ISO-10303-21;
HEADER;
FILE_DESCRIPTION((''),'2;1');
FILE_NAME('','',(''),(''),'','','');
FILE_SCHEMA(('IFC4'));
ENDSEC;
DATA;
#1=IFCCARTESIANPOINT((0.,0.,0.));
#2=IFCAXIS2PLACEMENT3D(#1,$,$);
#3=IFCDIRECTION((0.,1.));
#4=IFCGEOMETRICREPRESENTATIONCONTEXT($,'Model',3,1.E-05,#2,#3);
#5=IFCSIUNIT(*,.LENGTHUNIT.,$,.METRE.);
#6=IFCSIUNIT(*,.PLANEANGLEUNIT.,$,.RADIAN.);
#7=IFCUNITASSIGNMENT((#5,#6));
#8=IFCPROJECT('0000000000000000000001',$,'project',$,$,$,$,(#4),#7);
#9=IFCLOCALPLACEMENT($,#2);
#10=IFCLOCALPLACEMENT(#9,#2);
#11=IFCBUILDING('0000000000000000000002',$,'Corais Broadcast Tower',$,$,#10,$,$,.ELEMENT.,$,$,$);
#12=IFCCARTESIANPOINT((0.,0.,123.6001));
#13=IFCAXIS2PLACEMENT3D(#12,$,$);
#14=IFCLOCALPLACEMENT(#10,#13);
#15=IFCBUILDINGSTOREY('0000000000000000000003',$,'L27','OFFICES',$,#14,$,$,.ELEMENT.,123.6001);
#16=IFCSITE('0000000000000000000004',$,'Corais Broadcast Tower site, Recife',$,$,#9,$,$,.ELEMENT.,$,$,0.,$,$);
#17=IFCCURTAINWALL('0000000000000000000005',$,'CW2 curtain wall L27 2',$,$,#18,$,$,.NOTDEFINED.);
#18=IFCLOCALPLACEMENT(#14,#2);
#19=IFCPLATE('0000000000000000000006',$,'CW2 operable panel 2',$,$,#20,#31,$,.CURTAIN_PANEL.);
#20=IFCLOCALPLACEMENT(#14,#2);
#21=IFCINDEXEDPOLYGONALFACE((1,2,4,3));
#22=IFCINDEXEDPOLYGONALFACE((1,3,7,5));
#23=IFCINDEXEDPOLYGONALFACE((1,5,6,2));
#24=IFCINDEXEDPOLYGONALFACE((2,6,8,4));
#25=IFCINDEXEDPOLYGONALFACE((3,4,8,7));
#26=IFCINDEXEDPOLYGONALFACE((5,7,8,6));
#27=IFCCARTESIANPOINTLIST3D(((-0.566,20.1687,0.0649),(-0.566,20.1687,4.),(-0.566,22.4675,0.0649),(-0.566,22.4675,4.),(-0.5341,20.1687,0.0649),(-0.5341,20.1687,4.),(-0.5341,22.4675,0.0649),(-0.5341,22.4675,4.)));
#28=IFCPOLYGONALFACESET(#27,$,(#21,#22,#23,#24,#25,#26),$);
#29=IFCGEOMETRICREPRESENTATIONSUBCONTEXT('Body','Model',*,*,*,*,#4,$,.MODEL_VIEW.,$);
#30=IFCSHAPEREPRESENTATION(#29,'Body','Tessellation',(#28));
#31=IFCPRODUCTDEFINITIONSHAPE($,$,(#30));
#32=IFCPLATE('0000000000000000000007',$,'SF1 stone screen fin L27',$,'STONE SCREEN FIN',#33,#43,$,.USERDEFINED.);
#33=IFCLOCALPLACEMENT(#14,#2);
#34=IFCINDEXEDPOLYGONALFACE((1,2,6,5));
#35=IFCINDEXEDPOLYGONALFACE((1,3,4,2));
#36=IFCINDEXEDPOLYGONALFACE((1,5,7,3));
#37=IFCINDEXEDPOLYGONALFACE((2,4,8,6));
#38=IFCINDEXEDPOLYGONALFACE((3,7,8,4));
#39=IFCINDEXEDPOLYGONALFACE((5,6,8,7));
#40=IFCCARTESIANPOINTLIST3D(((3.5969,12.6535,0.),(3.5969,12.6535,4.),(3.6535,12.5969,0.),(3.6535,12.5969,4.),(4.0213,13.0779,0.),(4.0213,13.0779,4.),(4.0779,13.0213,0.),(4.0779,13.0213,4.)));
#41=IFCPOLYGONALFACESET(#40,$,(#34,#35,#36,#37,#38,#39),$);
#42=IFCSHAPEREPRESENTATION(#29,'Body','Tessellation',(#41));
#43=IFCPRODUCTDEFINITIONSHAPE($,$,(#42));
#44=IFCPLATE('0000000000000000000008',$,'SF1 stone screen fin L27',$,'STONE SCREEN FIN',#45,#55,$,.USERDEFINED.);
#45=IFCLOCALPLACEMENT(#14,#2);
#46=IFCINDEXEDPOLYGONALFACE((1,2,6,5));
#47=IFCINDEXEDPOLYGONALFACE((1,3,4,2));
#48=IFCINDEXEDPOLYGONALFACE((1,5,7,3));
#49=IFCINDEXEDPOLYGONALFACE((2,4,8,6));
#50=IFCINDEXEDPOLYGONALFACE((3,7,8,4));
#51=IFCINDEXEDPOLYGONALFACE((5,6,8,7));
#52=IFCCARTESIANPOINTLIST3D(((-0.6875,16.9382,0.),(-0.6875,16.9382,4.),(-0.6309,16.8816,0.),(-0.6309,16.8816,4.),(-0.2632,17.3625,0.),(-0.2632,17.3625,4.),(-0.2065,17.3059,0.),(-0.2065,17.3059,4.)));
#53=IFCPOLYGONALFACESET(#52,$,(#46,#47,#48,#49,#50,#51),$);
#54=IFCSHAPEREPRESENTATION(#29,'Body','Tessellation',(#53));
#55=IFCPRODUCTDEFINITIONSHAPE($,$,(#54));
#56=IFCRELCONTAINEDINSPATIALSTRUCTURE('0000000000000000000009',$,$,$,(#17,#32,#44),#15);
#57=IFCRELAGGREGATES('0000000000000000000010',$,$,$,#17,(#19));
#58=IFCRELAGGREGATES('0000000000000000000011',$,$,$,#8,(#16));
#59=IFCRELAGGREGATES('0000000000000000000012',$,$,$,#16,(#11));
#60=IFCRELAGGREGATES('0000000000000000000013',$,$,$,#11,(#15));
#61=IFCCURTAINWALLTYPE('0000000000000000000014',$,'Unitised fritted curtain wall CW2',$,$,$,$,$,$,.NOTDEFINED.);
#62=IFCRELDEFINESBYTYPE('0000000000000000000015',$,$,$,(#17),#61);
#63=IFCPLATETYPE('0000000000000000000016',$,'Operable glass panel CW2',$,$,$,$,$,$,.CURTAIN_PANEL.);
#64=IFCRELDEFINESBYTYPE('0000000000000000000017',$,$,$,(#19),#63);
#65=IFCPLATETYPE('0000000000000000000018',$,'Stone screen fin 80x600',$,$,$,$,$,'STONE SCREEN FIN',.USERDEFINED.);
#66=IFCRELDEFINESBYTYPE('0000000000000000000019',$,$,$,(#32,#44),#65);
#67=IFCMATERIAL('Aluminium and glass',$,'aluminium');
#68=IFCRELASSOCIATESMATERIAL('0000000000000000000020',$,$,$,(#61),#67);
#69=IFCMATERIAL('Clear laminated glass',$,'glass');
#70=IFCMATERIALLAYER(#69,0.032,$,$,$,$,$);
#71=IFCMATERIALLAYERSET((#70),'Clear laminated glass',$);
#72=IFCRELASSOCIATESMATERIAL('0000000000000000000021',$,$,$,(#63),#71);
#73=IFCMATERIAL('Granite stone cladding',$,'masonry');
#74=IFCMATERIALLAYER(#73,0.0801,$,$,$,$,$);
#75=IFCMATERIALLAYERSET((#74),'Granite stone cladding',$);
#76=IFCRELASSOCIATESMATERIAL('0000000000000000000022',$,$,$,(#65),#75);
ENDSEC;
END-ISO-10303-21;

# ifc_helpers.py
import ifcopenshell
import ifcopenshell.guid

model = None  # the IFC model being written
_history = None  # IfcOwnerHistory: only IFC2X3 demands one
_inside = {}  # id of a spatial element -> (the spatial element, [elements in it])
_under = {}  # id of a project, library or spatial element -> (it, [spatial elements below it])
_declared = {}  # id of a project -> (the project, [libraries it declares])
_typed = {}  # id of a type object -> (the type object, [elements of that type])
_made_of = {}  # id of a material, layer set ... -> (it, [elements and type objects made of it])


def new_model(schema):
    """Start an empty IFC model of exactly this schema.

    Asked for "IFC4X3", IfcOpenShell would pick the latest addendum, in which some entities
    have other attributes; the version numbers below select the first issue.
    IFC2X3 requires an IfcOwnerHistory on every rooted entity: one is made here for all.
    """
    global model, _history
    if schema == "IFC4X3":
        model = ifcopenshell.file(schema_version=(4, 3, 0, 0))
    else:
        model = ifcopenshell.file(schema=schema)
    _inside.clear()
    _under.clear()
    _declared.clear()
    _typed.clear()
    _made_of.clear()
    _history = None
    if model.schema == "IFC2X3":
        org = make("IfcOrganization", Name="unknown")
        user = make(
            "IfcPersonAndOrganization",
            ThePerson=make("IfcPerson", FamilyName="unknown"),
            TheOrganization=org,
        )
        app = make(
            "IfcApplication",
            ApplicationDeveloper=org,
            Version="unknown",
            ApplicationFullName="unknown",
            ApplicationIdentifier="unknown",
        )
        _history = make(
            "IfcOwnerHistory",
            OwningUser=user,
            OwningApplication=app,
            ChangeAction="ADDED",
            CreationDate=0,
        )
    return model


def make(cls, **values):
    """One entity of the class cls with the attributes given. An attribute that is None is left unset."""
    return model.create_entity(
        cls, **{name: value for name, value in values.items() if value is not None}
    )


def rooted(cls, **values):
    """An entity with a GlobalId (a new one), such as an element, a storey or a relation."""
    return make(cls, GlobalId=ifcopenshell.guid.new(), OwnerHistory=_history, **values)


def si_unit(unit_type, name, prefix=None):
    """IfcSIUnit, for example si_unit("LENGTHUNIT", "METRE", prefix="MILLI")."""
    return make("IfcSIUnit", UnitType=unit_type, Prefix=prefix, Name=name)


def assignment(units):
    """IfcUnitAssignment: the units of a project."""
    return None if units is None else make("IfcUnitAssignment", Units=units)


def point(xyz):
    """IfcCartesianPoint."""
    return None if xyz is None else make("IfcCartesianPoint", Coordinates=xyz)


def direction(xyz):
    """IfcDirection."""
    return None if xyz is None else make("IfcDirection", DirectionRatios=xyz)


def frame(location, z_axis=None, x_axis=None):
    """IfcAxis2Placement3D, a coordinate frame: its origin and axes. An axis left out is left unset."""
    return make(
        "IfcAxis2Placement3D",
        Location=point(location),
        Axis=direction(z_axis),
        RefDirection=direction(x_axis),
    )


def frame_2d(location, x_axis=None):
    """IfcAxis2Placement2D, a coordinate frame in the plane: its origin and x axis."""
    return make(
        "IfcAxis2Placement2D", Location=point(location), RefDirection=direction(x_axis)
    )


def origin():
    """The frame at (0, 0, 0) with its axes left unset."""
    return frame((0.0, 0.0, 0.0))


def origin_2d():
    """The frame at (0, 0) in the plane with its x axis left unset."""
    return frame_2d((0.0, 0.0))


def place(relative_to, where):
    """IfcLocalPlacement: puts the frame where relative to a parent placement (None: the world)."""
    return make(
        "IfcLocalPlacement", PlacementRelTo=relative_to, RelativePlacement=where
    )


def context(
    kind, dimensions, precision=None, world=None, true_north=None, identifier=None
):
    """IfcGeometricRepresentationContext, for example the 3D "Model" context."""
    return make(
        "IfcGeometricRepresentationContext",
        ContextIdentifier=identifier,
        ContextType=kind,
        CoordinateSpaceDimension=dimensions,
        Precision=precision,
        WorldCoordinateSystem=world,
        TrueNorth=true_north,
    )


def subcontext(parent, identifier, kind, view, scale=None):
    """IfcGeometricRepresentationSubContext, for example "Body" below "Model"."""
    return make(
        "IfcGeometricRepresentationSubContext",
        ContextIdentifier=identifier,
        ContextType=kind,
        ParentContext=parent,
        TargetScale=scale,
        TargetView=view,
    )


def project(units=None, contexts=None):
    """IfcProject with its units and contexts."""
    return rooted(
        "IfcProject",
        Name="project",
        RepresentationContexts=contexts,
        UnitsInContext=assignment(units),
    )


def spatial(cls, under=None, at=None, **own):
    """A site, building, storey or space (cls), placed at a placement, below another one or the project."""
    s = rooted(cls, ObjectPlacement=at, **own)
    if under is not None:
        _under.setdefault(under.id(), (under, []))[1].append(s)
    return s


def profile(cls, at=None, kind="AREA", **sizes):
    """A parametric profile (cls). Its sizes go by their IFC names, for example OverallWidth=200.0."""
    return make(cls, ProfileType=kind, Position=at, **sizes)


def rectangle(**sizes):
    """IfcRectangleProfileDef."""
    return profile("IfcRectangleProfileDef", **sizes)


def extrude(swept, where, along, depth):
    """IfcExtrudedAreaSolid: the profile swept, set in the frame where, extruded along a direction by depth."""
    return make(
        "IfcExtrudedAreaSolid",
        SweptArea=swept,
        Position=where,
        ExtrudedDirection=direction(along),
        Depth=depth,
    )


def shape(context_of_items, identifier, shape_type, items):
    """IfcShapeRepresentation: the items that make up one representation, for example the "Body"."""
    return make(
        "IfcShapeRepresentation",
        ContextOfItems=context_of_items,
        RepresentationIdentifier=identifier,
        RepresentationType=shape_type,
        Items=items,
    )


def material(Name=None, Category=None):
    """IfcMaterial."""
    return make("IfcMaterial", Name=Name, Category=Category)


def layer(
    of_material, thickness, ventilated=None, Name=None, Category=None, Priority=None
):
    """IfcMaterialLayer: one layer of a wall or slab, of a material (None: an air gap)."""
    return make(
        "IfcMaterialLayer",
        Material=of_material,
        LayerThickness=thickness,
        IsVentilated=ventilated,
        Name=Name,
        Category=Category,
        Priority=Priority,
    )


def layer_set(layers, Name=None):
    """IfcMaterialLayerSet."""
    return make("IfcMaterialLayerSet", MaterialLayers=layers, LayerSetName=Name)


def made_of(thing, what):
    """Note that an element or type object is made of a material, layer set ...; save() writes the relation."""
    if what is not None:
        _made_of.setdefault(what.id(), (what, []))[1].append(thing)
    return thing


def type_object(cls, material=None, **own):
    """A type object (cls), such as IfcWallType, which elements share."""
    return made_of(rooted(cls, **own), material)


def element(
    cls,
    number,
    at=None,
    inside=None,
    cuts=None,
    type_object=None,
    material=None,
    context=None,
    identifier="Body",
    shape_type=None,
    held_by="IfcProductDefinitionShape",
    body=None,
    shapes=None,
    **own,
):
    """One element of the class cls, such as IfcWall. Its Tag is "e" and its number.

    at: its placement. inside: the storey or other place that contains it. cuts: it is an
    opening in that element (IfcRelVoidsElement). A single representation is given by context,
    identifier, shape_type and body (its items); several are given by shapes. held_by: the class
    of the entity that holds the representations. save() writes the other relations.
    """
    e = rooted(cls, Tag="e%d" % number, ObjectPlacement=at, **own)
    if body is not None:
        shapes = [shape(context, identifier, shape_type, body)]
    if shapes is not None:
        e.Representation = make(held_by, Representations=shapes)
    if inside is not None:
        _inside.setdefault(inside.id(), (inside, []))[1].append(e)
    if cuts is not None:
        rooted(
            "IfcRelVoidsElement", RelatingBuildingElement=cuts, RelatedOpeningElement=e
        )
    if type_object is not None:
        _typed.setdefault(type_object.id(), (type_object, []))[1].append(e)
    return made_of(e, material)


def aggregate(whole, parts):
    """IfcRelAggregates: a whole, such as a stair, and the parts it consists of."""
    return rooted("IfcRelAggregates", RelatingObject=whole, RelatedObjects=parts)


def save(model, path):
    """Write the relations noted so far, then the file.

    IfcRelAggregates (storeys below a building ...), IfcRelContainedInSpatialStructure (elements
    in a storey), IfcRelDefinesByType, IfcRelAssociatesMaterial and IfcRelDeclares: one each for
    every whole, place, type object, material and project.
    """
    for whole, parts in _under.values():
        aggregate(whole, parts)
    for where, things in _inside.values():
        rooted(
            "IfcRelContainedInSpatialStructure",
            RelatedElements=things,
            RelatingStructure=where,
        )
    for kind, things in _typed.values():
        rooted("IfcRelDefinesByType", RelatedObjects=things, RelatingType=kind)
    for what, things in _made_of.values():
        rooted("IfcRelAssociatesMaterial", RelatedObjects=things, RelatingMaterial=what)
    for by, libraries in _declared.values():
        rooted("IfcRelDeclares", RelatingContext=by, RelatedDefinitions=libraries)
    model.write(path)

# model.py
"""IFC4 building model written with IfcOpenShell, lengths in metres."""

from ifc_helpers import new_model, si_unit, direction, frame, origin, origin_2d, place, context, subcontext, project, spatial, rectangle, extrude, material, layer, layer_set, type_object, element, aggregate, save


model = new_model("IFC4")

# Units and contexts
model_context = context("Model", 3, precision=1e-05, world=origin(), true_north=direction((0.0, 1.0)))
body_context = subcontext(model_context, "Body", "Model", "MODEL_VIEW")
ifc_project = project(units=[si_unit("LENGTHUNIT", "METRE"), si_unit("PLANEANGLEUNIT", "RADIAN")], contexts=[model_context])

# Site, building, storey
site_placement = place(None, origin())
site = spatial("IfcSite", under=ifc_project, at=site_placement, Name="Corais Broadcast Tower site, Recife", CompositionType="ELEMENT", RefElevation=0.0)
building_placement = place(site_placement, origin())
building = spatial("IfcBuilding", under=site, at=building_placement, Name="Corais Broadcast Tower", CompositionType="ELEMENT")
storey_placement = place(building_placement, frame((0.0, 0.0, 123.6001)))
storey = spatial("IfcBuildingStorey", under=building, at=storey_placement, Name="L27", Description="OFFICES", CompositionType="ELEMENT", Elevation=123.6001)

# Curtain wall
ifc_material_1 = material(Name="Aluminium and glass", Category="aluminium")
curtain_wall_type = type_object("IfcCurtainWallType", Name="Unitised fritted curtain wall CW2", PredefinedType="NOTDEFINED", material=ifc_material_1)
curtain_wall_1_placement = place(storey_placement, origin())
curtain_wall_1 = element("IfcCurtainWall", 1, at=curtain_wall_1_placement, inside=storey, type_object=curtain_wall_type, Name="CW2 curtain wall L27 2", PredefinedType="NOTDEFINED")

# Plate
ifc_material_2 = material(Name="Clear laminated glass", Category="glass")
ifc_layer_1 = layer(ifc_material_2, 0.032)
ifc_layer_set_1 = layer_set([ifc_layer_1], Name="Clear laminated glass")
plate_type_1 = type_object("IfcPlateType", Name="Operable glass panel CW2", PredefinedType="CURTAIN_PANEL", material=ifc_layer_set_1)
plate_1_placement = place(storey_placement, frame((-0.55, 21.3181, 0.0649), z_axis=(0.0, 0.0, 1.0), x_axis=(0.0, 1.0, 0.0)))
plate_1 = element("IfcPlate", 2, at=plate_1_placement, type_object=plate_type_1, Name="CW2 operable panel 2", PredefinedType="CURTAIN_PANEL", context=body_context, shape_type="SweptSolid", body=[
    extrude(rectangle(XDim=2.2988, YDim=0.032, at=origin_2d()), origin(), (0.0, 0.0, 1.0), 3.9351),
])
aggregate(curtain_wall_1, [plate_1])

# Plates
ifc_material_3 = material(Name="Granite stone cladding", Category="masonry")
ifc_layer_2 = layer(ifc_material_3, 0.0801)
ifc_layer_set_2 = layer_set([ifc_layer_2], Name="Granite stone cladding")
plate_type_2 = type_object("IfcPlateType", Name="Stone screen fin 80x600", ElementType="STONE SCREEN FIN", PredefinedType="USERDEFINED", material=ifc_layer_set_2)
for number, where, z_axis, x_axis, name in (
    (3, (3.8374, 12.8374, 0.0), (0.0, 0.0, 1.0), (-0.707107, 0.707107, 0.0), "SF1 stone screen fin L27"),
    (4, (-0.447, 17.1221, 0.0), (0.0, 0.0, 1.0), (-0.707107, 0.707107, 0.0), "SF1 stone screen fin L27"),
):
    element("IfcPlate", number, at=place(storey_placement, frame(where, z_axis=z_axis, x_axis=x_axis)), inside=storey, type_object=plate_type_2, Name=name, ObjectType="STONE SCREEN FIN", PredefinedType="USERDEFINED", context=body_context, shape_type="SweptSolid", body=[
        extrude(rectangle(XDim=0.0801, YDim=0.6001, at=origin_2d()), origin(), (0.0, 0.0, 1.0), 4.0),
    ])

save(model, "model.ifc")
